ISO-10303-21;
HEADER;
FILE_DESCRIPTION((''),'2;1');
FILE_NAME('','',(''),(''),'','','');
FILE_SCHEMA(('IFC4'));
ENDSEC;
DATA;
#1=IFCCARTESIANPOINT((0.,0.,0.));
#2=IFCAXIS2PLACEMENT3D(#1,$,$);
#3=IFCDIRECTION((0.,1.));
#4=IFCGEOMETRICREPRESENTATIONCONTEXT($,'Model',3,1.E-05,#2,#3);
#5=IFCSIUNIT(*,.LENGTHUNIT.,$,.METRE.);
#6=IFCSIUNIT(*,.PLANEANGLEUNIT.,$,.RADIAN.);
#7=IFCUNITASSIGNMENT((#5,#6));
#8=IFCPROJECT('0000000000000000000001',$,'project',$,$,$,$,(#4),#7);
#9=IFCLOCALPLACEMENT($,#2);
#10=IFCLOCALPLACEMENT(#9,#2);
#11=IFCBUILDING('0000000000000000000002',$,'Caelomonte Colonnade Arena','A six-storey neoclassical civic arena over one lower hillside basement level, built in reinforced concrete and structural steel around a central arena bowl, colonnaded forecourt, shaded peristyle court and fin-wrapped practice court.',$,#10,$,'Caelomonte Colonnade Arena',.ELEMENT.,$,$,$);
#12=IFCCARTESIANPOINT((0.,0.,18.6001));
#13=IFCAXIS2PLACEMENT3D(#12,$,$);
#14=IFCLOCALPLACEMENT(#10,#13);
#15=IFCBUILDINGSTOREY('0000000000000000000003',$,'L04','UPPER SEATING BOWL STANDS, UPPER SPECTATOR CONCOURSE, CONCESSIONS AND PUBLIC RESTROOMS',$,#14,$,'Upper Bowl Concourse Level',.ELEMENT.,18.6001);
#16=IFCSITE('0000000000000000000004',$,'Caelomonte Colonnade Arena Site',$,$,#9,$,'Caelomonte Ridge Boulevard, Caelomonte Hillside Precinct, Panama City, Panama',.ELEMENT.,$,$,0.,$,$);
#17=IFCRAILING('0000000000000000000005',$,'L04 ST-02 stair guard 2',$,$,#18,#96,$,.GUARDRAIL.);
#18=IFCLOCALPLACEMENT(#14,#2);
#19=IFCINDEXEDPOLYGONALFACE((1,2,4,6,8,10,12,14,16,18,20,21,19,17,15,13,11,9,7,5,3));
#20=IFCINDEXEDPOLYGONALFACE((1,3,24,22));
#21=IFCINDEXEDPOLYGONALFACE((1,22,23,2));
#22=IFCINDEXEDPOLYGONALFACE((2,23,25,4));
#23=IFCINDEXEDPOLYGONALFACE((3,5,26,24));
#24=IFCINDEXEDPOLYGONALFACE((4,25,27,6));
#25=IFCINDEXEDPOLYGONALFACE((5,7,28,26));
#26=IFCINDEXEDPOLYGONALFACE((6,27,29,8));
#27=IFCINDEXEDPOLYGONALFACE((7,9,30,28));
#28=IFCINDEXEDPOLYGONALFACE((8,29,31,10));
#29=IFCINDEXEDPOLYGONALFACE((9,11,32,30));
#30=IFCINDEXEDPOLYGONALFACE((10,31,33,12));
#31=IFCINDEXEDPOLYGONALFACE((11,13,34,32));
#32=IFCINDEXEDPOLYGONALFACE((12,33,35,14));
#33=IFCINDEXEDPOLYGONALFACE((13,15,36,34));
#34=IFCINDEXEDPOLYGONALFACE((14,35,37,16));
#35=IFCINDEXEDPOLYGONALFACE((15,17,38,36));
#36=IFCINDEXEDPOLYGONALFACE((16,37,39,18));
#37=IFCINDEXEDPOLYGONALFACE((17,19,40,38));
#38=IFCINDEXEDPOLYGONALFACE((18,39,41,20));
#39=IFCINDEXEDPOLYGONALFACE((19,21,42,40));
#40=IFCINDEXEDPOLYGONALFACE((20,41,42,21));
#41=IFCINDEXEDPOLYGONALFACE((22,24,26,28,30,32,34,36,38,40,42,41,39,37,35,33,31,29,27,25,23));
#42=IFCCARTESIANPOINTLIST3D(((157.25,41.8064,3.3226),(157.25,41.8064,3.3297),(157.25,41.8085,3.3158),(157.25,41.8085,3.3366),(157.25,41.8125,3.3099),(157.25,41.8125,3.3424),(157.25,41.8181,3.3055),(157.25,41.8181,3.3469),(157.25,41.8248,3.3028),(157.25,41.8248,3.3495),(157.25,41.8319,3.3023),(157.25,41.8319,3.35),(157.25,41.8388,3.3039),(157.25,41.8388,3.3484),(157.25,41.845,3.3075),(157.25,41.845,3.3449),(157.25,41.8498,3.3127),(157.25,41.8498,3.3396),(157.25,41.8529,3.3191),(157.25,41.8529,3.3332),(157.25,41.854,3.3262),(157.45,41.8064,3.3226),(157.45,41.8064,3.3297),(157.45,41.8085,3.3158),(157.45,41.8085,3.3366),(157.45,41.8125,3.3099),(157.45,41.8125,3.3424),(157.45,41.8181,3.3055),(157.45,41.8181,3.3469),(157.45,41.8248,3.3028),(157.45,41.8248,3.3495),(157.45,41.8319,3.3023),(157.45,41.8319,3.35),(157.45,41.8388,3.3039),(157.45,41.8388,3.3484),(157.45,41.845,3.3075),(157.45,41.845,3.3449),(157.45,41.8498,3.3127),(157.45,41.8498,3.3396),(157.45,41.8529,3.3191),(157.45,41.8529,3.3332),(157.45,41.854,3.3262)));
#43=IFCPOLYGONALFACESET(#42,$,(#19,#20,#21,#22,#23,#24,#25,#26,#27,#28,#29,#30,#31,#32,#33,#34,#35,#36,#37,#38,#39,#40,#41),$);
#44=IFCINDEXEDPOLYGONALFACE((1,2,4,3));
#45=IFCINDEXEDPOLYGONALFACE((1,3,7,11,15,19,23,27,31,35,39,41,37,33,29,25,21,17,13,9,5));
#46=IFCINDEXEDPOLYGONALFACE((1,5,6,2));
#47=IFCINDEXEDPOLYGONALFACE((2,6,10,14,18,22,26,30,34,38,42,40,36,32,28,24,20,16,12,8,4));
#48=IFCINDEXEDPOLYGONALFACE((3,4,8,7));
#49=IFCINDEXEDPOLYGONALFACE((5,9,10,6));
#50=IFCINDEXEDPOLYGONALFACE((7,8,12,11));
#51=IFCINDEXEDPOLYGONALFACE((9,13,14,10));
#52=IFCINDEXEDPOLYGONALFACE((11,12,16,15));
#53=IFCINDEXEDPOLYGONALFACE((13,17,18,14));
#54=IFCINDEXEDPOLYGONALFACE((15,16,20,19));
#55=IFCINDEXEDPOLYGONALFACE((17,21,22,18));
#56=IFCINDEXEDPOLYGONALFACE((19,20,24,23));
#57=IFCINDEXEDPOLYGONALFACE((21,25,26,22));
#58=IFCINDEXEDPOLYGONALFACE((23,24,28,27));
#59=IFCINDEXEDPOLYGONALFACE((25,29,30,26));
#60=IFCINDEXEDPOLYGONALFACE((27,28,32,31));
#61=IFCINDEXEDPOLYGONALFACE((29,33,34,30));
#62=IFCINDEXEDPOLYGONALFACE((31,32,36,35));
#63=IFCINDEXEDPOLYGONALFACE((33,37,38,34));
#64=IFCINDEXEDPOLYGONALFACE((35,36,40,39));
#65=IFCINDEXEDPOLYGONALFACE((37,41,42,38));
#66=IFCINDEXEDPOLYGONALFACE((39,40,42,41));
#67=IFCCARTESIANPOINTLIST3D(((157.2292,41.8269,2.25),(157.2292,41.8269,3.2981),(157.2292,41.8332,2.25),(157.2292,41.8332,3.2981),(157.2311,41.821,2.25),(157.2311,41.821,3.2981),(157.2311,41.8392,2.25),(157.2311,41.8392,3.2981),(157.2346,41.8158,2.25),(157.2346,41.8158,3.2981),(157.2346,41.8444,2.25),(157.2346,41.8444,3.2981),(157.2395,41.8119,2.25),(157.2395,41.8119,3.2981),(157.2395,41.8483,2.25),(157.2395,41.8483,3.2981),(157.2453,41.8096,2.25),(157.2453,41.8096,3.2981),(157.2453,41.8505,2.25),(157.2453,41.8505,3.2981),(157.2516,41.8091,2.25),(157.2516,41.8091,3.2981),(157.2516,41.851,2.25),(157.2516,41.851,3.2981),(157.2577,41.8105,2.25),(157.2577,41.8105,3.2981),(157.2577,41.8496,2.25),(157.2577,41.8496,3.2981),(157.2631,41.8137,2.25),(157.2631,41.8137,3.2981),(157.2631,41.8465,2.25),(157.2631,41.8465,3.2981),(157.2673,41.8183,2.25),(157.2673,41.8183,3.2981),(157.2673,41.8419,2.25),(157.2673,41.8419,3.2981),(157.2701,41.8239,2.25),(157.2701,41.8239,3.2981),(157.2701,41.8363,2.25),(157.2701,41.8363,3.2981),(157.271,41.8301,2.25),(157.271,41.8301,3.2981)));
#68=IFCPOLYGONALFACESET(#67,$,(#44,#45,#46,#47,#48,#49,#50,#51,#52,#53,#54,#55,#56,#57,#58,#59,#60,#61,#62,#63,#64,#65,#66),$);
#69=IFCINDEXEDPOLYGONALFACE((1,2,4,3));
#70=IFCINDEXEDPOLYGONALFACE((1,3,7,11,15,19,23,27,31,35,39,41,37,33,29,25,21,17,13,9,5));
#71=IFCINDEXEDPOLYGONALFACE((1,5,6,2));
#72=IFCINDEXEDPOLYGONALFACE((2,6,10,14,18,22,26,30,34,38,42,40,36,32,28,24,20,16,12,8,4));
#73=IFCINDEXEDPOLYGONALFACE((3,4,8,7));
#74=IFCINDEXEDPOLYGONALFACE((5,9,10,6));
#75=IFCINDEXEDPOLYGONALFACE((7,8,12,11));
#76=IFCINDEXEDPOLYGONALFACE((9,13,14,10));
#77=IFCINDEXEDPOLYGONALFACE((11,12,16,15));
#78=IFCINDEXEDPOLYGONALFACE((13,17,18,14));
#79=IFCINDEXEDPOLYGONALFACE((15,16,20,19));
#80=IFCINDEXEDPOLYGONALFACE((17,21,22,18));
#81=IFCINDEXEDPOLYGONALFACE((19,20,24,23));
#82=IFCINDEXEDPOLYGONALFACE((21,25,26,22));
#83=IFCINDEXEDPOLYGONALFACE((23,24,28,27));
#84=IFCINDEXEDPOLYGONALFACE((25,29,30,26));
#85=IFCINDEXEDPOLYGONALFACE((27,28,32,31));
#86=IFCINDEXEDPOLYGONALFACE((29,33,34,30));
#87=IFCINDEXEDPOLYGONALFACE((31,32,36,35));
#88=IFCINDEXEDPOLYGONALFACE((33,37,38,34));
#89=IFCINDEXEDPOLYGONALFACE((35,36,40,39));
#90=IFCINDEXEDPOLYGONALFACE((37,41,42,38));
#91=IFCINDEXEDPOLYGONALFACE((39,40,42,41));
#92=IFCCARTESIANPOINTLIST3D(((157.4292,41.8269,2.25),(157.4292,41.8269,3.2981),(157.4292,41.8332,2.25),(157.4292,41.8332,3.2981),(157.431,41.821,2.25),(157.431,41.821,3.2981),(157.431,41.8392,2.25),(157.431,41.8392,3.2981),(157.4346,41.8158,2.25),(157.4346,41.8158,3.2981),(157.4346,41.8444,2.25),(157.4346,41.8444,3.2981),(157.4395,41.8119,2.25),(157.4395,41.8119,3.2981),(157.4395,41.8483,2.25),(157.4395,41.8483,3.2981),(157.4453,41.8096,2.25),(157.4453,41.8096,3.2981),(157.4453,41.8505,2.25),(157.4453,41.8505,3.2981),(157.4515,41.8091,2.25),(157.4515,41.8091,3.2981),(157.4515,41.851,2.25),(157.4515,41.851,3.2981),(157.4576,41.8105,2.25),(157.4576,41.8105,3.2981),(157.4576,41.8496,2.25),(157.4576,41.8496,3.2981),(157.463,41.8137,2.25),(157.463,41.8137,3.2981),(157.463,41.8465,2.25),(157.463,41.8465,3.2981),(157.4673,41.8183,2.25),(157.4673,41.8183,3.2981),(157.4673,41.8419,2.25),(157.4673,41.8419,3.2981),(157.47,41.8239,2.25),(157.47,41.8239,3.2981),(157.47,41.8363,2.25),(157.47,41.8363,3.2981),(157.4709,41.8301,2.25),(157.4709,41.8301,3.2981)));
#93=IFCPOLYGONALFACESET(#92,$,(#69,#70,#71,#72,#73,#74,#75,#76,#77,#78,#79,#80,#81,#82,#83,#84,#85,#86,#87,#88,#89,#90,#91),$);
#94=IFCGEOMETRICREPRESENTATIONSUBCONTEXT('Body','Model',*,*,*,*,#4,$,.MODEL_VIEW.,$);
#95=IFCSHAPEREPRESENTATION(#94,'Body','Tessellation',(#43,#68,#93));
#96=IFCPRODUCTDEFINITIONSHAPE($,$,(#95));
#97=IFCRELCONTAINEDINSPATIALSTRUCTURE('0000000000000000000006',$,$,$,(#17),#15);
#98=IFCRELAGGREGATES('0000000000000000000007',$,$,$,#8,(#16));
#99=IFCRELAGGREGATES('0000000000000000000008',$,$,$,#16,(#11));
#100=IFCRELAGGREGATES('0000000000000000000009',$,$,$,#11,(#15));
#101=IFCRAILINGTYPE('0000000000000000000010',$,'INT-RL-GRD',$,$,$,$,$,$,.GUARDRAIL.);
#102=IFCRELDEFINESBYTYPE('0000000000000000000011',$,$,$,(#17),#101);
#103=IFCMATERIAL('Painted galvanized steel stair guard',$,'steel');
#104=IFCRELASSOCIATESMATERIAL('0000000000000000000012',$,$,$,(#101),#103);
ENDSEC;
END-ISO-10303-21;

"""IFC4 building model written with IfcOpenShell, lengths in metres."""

from ifc_helpers import new_model, si_unit, direction, frame, origin, origin_2d, place, context, subcontext, project, spatial, circle, extrude, material, type_object, element, save


model = new_model("IFC4")

# Units and contexts
model_context = context("Model", 3, precision=1e-05, world=origin(), true_north=direction((0.0, 1.0)))
body_context = subcontext(model_context, "Body", "Model", "MODEL_VIEW")
ifc_project = project(units=[si_unit("LENGTHUNIT", "METRE"), si_unit("PLANEANGLEUNIT", "RADIAN")], contexts=[model_context])

# Site, building, storey
site_placement = place(None, origin())
site = spatial("IfcSite", under=ifc_project, at=site_placement, Name="Caelomonte Colonnade Arena Site", LongName="Caelomonte Ridge Boulevard, Caelomonte Hillside Precinct, Panama City, Panama", CompositionType="ELEMENT", RefElevation=0.0)
building_placement = place(site_placement, origin())
building = spatial("IfcBuilding", under=site, at=building_placement, Name="Caelomonte Colonnade Arena", Description="A six-storey neoclassical civic arena over one lower hillside basement level, built in reinforced concrete and structural steel around a central arena bowl, colonnaded forecourt, shaded peristyle court and fin-wrapped practice court.", LongName="Caelomonte Colonnade Arena", CompositionType="ELEMENT")
storey_placement = place(building_placement, frame((0.0, 0.0, 18.6001)))
storey = spatial("IfcBuildingStorey", under=building, at=storey_placement, Name="L04", Description="UPPER SEATING BOWL STANDS, UPPER SPECTATOR CONCOURSE, CONCESSIONS AND PUBLIC RESTROOMS", LongName="Upper Bowl Concourse Level", CompositionType="ELEMENT", Elevation=18.6001)

# Railing
ifc_material_1 = material(Name="Painted galvanized steel stair guard", Category="steel")
railing_type_1 = type_object("IfcRailingType", Name="INT-RL-GRD", PredefinedType="GUARDRAIL", material=ifc_material_1)
railing_1_placement = place(storey_placement, frame((157.25, 41.8301, 2.25)))
element("IfcRailing", 1, at=railing_1_placement, inside=storey, type_object=railing_type_1, Name="L04 ST-02 stair guard 2", PredefinedType="GUARDRAIL", context=body_context, shape_type="SweptSolid", body=[
    extrude(circle(Radius=0.0239, at=origin_2d()), frame((0.0, 0.0, 1.0762), z_axis=(1.0, 0.0, 0.0), x_axis=(0.0, 1.0, 0.0)), (0.0, 0.0, 1.0), 0.2),
    extrude(circle(Radius=0.021, at=origin_2d()), origin(), (0.0, 0.0, 1.0), 1.0481),
    extrude(circle(Radius=0.021, at=origin_2d()), frame((0.2, 0.0, 0.0)), (0.0, 0.0, 1.0), 1.0481),
])

save(model, "model.ifc")
